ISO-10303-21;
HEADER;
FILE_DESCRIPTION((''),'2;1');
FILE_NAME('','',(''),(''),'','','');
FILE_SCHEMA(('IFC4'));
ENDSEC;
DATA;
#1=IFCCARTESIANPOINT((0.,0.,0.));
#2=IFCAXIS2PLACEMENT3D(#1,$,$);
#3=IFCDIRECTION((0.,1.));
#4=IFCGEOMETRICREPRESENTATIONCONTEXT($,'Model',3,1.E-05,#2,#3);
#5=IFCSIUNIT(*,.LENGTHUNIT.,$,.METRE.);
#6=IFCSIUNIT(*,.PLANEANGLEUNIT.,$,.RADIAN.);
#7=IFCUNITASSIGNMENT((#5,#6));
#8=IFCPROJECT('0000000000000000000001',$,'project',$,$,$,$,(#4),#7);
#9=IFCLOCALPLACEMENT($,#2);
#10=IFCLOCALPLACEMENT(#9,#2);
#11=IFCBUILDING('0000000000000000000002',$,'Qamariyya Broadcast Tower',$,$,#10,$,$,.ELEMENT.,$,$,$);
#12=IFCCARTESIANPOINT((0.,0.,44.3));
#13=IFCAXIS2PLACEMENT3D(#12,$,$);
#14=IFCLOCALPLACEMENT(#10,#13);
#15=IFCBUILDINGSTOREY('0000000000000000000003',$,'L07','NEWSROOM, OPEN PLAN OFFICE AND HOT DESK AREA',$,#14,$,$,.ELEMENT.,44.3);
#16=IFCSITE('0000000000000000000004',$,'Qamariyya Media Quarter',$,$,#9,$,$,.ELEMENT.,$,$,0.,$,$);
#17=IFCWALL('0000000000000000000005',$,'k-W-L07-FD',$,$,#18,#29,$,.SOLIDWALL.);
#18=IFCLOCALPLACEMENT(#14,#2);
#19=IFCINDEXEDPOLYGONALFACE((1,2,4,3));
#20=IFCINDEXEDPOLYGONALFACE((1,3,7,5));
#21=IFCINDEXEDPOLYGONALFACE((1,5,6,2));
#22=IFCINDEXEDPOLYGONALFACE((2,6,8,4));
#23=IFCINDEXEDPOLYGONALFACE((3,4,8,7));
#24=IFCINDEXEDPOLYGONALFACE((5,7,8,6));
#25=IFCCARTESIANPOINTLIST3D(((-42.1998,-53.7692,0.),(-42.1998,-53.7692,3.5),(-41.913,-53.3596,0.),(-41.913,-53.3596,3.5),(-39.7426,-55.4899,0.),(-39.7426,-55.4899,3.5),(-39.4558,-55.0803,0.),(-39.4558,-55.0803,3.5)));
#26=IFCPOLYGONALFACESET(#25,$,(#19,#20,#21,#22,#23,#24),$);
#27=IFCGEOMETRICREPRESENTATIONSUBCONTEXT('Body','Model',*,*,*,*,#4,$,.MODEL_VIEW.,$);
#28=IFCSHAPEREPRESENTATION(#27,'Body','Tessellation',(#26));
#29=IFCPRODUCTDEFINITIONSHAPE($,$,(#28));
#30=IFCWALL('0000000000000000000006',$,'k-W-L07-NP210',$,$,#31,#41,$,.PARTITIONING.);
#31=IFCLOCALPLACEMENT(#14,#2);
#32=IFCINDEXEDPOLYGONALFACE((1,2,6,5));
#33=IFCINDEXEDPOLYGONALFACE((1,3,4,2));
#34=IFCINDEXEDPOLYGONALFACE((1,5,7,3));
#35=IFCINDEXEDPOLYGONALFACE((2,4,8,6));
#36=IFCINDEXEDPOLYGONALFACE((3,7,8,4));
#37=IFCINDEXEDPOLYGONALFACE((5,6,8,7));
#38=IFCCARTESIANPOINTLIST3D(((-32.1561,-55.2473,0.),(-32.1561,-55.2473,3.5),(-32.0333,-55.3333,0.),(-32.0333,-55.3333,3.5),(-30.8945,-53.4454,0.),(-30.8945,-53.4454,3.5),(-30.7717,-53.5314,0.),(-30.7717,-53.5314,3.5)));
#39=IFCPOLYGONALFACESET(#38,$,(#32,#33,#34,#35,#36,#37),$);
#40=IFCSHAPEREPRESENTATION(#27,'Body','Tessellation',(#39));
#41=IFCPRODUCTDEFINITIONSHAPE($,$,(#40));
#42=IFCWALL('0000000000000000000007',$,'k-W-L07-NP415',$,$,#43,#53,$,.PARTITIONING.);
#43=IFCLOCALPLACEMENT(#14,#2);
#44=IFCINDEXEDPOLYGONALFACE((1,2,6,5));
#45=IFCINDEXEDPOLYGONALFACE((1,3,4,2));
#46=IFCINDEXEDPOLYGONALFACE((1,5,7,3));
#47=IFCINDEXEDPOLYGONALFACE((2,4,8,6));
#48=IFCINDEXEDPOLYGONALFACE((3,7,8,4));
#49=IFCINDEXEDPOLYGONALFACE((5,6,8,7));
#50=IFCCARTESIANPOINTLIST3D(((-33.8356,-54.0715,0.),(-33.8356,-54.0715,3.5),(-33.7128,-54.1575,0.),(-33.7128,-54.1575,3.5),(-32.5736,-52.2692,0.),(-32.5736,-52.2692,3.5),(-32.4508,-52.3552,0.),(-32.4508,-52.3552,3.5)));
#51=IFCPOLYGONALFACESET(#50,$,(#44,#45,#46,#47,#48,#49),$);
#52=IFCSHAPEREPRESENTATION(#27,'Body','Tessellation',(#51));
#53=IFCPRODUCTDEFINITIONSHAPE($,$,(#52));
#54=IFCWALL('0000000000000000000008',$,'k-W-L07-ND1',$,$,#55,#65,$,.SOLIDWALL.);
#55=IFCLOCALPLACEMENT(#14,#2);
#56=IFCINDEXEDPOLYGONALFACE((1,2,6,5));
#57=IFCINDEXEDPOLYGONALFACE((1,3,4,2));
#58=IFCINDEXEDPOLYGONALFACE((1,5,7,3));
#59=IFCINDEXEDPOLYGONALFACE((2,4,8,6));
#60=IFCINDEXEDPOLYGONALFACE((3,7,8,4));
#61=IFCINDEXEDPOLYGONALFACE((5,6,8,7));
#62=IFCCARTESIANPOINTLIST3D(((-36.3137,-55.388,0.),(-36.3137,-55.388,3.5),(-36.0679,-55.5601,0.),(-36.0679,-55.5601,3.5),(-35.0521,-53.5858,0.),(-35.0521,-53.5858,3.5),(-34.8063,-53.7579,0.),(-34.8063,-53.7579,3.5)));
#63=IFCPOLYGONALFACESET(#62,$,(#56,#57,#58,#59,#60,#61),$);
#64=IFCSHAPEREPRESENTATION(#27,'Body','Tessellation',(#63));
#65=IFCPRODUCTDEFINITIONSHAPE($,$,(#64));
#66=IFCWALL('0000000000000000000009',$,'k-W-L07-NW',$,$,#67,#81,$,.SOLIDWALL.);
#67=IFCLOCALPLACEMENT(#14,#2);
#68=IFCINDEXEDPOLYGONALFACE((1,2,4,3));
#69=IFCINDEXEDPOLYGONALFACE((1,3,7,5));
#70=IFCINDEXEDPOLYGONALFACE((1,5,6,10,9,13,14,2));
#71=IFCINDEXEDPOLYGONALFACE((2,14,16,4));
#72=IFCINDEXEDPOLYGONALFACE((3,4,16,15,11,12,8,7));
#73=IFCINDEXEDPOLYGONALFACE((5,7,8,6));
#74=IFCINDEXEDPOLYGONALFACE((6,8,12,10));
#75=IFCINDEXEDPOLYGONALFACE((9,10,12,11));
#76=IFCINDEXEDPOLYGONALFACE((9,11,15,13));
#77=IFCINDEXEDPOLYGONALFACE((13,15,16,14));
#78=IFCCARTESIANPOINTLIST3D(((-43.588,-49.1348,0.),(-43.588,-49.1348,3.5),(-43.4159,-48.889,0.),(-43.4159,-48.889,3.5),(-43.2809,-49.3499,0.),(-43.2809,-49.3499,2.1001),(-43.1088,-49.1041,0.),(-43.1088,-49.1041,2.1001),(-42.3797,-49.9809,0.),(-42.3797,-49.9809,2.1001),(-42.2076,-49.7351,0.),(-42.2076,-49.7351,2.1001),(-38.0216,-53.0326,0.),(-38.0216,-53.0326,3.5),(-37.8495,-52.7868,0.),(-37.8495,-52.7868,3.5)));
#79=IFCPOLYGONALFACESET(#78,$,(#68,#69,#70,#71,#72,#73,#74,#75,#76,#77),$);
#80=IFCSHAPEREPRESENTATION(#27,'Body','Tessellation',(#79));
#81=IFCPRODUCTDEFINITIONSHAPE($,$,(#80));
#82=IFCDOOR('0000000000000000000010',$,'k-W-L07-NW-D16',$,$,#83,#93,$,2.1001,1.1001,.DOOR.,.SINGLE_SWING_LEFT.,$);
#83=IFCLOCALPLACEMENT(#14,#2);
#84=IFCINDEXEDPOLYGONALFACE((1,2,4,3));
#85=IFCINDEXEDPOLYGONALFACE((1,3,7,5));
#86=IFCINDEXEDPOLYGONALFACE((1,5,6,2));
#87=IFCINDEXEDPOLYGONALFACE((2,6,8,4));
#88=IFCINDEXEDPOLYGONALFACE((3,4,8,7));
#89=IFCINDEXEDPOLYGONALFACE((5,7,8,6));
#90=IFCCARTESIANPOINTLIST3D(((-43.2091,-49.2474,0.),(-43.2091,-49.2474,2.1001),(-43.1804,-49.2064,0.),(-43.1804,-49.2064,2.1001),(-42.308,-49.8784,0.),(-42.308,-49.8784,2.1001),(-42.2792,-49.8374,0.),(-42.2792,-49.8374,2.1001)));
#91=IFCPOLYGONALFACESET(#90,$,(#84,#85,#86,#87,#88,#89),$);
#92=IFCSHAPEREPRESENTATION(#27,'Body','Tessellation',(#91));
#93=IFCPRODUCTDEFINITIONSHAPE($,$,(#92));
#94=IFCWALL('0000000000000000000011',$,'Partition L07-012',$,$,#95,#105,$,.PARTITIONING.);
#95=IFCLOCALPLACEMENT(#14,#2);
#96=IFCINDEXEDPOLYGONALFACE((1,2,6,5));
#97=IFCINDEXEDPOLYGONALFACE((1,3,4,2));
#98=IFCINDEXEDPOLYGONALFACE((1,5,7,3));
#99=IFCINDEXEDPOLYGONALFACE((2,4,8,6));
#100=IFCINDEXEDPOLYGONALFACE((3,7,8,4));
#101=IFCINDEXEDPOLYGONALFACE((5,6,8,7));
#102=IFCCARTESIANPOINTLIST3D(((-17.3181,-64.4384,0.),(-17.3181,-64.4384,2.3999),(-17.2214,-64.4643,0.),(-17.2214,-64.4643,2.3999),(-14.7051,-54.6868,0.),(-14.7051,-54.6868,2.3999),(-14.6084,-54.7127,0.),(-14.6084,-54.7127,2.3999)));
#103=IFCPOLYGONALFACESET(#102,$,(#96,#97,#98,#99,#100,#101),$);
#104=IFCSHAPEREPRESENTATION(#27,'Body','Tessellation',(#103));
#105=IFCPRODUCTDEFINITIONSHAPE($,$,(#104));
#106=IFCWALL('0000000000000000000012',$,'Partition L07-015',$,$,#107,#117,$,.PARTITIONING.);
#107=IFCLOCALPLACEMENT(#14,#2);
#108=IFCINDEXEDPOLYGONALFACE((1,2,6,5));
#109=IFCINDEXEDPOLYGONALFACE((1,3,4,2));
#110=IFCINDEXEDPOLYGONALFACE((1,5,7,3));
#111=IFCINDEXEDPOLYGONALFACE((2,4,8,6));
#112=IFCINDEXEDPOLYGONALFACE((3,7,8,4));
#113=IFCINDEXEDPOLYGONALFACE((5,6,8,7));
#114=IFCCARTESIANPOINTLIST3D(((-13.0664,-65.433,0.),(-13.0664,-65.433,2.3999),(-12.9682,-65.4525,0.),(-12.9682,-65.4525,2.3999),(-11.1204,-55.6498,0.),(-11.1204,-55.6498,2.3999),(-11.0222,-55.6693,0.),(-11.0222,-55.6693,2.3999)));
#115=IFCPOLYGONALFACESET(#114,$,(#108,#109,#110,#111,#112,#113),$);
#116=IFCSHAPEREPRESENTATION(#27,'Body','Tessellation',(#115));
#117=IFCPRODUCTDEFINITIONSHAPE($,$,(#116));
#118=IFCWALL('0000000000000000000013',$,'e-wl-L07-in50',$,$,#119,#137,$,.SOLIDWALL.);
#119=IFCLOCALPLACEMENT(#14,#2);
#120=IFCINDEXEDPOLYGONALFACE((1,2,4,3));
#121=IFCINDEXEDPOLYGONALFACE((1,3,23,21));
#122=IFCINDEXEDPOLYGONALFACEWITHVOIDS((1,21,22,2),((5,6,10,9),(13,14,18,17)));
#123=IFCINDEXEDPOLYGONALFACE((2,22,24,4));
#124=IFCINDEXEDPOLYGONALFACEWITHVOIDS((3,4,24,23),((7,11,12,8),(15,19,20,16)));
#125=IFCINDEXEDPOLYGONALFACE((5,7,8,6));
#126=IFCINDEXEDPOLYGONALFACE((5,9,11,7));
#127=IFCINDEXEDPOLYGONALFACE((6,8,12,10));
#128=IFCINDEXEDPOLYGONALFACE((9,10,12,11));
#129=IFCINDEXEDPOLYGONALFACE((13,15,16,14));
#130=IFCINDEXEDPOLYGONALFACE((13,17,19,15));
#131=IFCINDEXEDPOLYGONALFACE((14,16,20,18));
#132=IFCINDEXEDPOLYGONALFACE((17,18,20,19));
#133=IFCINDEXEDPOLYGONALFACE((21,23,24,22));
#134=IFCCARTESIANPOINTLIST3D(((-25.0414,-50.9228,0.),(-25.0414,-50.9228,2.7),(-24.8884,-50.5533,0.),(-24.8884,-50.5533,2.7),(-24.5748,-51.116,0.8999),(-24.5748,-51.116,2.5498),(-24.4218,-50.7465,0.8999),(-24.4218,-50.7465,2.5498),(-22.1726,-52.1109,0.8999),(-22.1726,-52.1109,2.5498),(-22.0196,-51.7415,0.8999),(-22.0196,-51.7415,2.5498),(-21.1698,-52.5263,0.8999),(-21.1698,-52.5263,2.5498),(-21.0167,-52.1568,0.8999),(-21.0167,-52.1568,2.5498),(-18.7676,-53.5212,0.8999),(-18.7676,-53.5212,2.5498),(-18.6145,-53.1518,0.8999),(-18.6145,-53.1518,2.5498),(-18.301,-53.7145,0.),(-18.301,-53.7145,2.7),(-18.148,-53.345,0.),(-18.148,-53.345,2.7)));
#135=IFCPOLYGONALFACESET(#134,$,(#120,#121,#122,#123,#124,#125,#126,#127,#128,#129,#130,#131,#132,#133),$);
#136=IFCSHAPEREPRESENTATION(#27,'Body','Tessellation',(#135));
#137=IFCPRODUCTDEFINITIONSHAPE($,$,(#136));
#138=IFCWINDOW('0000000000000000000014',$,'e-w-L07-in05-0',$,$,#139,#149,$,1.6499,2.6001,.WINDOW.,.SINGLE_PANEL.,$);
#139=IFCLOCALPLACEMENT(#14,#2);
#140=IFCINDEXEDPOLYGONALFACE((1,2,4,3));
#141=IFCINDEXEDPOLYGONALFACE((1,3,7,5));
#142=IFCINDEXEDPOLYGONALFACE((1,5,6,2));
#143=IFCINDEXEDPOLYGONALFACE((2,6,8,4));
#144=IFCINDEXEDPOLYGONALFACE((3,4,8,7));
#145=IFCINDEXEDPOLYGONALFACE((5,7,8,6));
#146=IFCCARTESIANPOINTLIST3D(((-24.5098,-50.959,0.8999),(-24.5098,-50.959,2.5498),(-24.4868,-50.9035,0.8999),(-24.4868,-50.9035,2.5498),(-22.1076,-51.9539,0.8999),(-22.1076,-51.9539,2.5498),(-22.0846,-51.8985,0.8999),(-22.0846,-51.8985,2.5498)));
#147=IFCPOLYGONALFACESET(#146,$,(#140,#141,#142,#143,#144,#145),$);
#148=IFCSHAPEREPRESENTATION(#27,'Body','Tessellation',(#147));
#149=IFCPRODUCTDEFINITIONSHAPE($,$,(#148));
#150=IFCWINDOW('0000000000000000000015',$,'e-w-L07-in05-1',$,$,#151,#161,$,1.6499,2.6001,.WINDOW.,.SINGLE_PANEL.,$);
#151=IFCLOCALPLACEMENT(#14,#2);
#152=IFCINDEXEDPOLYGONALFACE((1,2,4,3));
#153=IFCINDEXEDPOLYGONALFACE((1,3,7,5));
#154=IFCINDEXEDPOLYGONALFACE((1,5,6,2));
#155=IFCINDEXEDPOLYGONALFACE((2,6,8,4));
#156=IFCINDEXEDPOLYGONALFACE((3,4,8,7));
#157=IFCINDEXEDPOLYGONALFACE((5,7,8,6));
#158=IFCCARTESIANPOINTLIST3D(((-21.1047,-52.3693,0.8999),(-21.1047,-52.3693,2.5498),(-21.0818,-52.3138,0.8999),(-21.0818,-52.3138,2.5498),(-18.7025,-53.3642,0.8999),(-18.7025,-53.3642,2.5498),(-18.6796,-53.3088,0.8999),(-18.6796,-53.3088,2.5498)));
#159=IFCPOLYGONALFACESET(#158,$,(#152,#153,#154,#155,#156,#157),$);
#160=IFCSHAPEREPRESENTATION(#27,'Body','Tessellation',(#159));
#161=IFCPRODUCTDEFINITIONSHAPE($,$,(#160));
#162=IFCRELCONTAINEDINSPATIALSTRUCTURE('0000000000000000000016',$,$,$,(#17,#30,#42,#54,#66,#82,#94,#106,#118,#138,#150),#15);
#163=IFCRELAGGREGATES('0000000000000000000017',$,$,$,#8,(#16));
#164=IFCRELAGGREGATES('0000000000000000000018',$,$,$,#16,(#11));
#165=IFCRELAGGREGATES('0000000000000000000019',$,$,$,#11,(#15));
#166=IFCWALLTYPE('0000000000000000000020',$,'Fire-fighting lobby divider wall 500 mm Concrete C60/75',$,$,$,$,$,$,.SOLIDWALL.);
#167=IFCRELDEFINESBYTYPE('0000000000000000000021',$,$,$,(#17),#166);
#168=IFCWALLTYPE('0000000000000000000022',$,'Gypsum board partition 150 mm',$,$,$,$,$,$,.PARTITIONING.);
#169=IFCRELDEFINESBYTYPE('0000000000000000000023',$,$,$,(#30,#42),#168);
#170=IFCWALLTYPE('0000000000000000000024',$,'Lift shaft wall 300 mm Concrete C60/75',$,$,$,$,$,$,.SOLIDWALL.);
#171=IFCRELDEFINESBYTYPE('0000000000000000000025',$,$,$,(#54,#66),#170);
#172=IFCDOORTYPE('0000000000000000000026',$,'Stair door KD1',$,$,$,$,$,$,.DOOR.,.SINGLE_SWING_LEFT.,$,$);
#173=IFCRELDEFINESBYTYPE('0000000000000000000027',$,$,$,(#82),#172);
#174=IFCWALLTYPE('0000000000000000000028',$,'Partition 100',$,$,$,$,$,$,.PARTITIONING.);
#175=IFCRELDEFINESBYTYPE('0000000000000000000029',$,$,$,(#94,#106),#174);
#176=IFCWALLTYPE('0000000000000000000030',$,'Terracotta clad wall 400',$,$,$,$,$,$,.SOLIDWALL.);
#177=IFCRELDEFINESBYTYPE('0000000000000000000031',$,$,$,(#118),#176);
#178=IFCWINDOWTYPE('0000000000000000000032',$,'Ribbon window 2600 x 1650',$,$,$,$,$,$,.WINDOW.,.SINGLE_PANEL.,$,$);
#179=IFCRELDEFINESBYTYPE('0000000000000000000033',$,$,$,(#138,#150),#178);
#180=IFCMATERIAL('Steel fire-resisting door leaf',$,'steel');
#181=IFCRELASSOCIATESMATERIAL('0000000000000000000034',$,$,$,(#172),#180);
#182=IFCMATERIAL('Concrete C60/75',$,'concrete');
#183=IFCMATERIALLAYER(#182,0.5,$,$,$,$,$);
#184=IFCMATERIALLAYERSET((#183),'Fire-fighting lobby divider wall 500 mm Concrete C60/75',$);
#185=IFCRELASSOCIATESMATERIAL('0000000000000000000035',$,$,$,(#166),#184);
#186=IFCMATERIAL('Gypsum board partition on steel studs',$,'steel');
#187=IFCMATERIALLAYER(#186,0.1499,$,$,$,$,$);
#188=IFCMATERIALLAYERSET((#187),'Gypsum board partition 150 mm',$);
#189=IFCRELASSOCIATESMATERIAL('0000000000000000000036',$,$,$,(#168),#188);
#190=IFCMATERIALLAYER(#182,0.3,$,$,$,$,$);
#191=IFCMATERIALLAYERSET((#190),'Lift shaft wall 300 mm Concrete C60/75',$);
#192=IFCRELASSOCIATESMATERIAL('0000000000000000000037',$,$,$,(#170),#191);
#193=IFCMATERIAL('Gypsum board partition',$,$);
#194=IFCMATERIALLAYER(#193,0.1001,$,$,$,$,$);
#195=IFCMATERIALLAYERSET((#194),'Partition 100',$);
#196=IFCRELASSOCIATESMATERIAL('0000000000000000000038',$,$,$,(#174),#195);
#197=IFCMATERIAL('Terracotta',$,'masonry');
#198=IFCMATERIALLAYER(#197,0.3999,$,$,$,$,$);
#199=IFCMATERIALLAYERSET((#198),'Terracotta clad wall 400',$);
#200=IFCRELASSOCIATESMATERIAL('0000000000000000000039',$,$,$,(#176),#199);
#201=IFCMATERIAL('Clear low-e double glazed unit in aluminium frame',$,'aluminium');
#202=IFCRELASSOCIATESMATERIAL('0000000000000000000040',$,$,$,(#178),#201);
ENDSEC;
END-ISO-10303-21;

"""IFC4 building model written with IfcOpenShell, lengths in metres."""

from ifc_helpers import new_model, si_unit, direction, frame, frame_2d, origin, place, context, subcontext, project, spatial, rectangle, extrude, material, layer, layer_set, type_object, element, fill, save


model = new_model("IFC4")

# Units and contexts
model_context = context("Model", 3, precision=1e-05, world=origin(), true_north=direction((0.0, 1.0)))
body_context = subcontext(model_context, "Body", "Model", "MODEL_VIEW")
ifc_project = project(units=[si_unit("LENGTHUNIT", "METRE"), si_unit("PLANEANGLEUNIT", "RADIAN")], contexts=[model_context])

# Site, building, storey
site_placement = place(None, origin())
site = spatial("IfcSite", under=ifc_project, at=site_placement, Name="Qamariyya Media Quarter", CompositionType="ELEMENT", RefElevation=0.0)
building_placement = place(site_placement, origin())
building = spatial("IfcBuilding", under=site, at=building_placement, Name="Qamariyya Broadcast Tower", CompositionType="ELEMENT")
storey_placement = place(building_placement, frame((0.0, 0.0, 44.3)))
storey = spatial("IfcBuildingStorey", under=building, at=storey_placement, Name="L07", Description="NEWSROOM, OPEN PLAN OFFICE AND HOT DESK AREA", CompositionType="ELEMENT", Elevation=44.3)

# Shared definitions
ifc_material_1 = material(Name="Steel fire-resisting door leaf", Category="steel")
door_type_1 = type_object("IfcDoorType", Name="Stair door KD1", OperationType="SINGLE_SWING_LEFT", PredefinedType="DOOR", material=ifc_material_1)

# Walls
ifc_material_2 = material(Name="Gypsum board partition")
ifc_material_3 = material(Name="Concrete C60/75", Category="concrete")
ifc_layer_1 = layer(ifc_material_3, 0.5)
ifc_layer_set_1 = layer_set([ifc_layer_1], Name="Fire-fighting lobby divider wall 500 mm Concrete C60/75")
wall_type_1 = type_object("IfcWallType", Name="Fire-fighting lobby divider wall 500 mm Concrete C60/75", PredefinedType="SOLIDWALL", material=ifc_layer_set_1)
wall_1_placement = place(storey_placement, frame((-39.5991, -55.2852, 0.0), z_axis=(0.0, 0.0, 1.0), x_axis=(-0.819136, 0.573599, 0.0)))
element("IfcWall", 1, at=wall_1_placement, inside=storey, type_object=wall_type_1, Name="k-W-L07-FD", PredefinedType="SOLIDWALL", context=body_context, shape_type="SweptSolid", body=[
    extrude(rectangle(XDim=2.9998, YDim=0.5, at=frame_2d((1.5, 0.0))), origin(), (0.0, 0.0, 1.0), 3.5),
])
ifc_material_4 = material(Name="Gypsum board partition on steel studs", Category="steel")
ifc_layer_2 = layer(ifc_material_4, 0.1499)
ifc_layer_set_2 = layer_set([ifc_layer_2], Name="Gypsum board partition 150 mm")
wall_type_2 = type_object("IfcWallType", Name="Gypsum board partition 150 mm", PredefinedType="PARTITIONING", material=ifc_layer_set_2)
wall_2_placement = place(storey_placement, frame((-32.0947, -55.2903, 0.0), z_axis=(0.0, 0.0, 1.0), x_axis=(0.573559, 0.819164, 0.0)))
element("IfcWall", 2, at=wall_2_placement, inside=storey, type_object=wall_type_2, Name="k-W-L07-NP210", PredefinedType="PARTITIONING", context=body_context, shape_type="SweptSolid", body=[
    extrude(rectangle(XDim=2.1997, YDim=0.1499, at=frame_2d((1.0999, 0.0))), origin(), (0.0, 0.0, 1.0), 3.5),
])
wall_3_placement = place(storey_placement, frame((-33.7742, -54.1145, 0.0), z_axis=(0.0, 0.0, 1.0), x_axis=(0.573581, 0.819149, 0.0)))
element("IfcWall", 3, at=wall_3_placement, inside=storey, type_object=wall_type_2, Name="k-W-L07-NP415", PredefinedType="PARTITIONING", context=body_context, shape_type="SweptSolid", body=[
    extrude(rectangle(XDim=2.2002, YDim=0.1499, at=frame_2d((1.1001, 0.0))), origin(), (0.0, 0.0, 1.0), 3.5),
])
ifc_layer_3 = layer(ifc_material_3, 0.3)
ifc_layer_set_3 = layer_set([ifc_layer_3], Name="Lift shaft wall 300 mm Concrete C60/75")
wall_type_3 = type_object("IfcWallType", Name="Lift shaft wall 300 mm Concrete C60/75", PredefinedType="SOLIDWALL", material=ifc_layer_set_3)
wall_4_placement = place(storey_placement, frame((-36.1909, -55.4741, 0.0), z_axis=(0.0, 0.0, 1.0), x_axis=(0.573507, 0.819201, 0.0)))
element("IfcWall", 4, at=wall_4_placement, inside=storey, type_object=wall_type_3, Name="k-W-L07-ND1", PredefinedType="SOLIDWALL", context=body_context, shape_type="SweptSolid", body=[
    extrude(rectangle(XDim=2.2, YDim=0.3, at=frame_2d((1.1001, 0.0))), origin(), (0.0, 0.0, 1.0), 3.5),
])

# Wall, opening, door
wall_5_placement = place(storey_placement, frame((-37.9355, -52.9097, 0.0), z_axis=(0.0, 0.0, 1.0), x_axis=(-0.819148, 0.573583, 0.0)))
wall_5 = element("IfcWall", 5, at=wall_5_placement, inside=storey, type_object=wall_type_3, Name="k-W-L07-NW", PredefinedType="SOLIDWALL", context=body_context, shape_type="SweptSolid", body=[
    extrude(rectangle(XDim=6.7954, YDim=0.3, at=frame_2d((3.3977, 0.0))), origin(), (0.0, 0.0, 1.0), 3.5),
])
opening_1_placement = place(wall_5_placement, frame((5.3203, 0.0, 0.0)))
opening_1 = element("IfcOpeningElement", 6, at=opening_1_placement, cuts=wall_5, PredefinedType="OPENING", context=body_context, shape_type="SweptSolid", body=[
    extrude(rectangle(XDim=1.1001, YDim=2.1001, at=frame_2d((0.55, 1.05))), frame((0.0, 0.1599, 0.0), z_axis=(0.0, -1.0, 0.0), x_axis=(1.0, 0.0, 0.0)), (0.0, 0.0, 1.0), 0.3201),
])
door_1_placement = place(opening_1_placement, origin())
door_1 = element("IfcDoor", 7, at=door_1_placement, inside=storey, type_object=door_type_1, Name="k-W-L07-NW-D16", OperationType="SINGLE_SWING_LEFT", OverallHeight=2.1001, OverallWidth=1.1001, PredefinedType="DOOR", context=body_context, shape_type="SweptSolid", body=[
    extrude(rectangle(XDim=1.1001, YDim=2.1001, at=frame_2d((0.55, 1.05))), frame((0.0, 0.0249, 0.0), z_axis=(0.0, -1.0, 0.0), x_axis=(1.0, 0.0, 0.0)), (0.0, 0.0, 1.0), 0.05),
])
fill(opening_1, door_1)

# Walls
ifc_layer_4 = layer(ifc_material_2, 0.1001)
ifc_layer_set_4 = layer_set([ifc_layer_4], Name="Partition 100")
wall_type_4 = type_object("IfcWallType", Name="Partition 100", PredefinedType="PARTITIONING", material=ifc_layer_set_4)
wall_6_placement = place(storey_placement, frame((-14.6567, -54.6997, 0.0), z_axis=(0.0, 0.0, 1.0), x_axis=(-0.258826, -0.965924, 0.0)))
element("IfcWall", 8, at=wall_6_placement, inside=storey, type_object=wall_type_4, Name="Partition L07-012", PredefinedType="PARTITIONING", context=body_context, shape_type="SweptSolid", body=[
    extrude(rectangle(XDim=10.0957, YDim=0.1001, at=frame_2d((5.0479, 0.0))), origin(), (0.0, 0.0, 1.0), 2.3999),
])
wall_7_placement = place(storey_placement, frame((-11.0713, -55.6597, 0.0), z_axis=(0.0, 0.0, 1.0), x_axis=(-0.195095, -0.980784, 0.0)))
element("IfcWall", 9, at=wall_7_placement, inside=storey, type_object=wall_type_4, Name="Partition L07-015", PredefinedType="PARTITIONING", context=body_context, shape_type="SweptSolid", body=[
    extrude(rectangle(XDim=9.9749, YDim=0.1001, at=frame_2d((4.9873, 0.0))), origin(), (0.0, 0.0, 1.0), 2.3999),
])

# Wall, openings, windows
ifc_material_5 = material(Name="Terracotta", Category="masonry")
ifc_layer_5 = layer(ifc_material_5, 0.3999)
ifc_layer_set_5 = layer_set([ifc_layer_5], Name="Terracotta clad wall 400")
wall_type_5 = type_object("IfcWallType", Name="Terracotta clad wall 400", PredefinedType="SOLIDWALL", material=ifc_layer_set_5)
wall_8_placement = place(storey_placement, frame((-18.2244, -53.5298, 0.0), z_axis=(0.0, 0.0, 1.0), x_axis=(-0.923892, 0.382654, 0.0)))
wall_8 = element("IfcWall", 10, at=wall_8_placement, inside=storey, type_object=wall_type_5, Name="e-wl-L07-in50", PredefinedType="SOLIDWALL", context=body_context, shape_type="SweptSolid", body=[
    extrude(rectangle(XDim=7.2957, YDim=0.3999, at=frame_2d((3.6479, 0.0))), origin(), (0.0, 0.0, 1.0), 2.7),
])
opening_2_placement = place(wall_8_placement, frame((4.1907, 0.0, 0.8999)))
opening_2 = element("IfcOpeningElement", 11, at=opening_2_placement, cuts=wall_8, PredefinedType="OPENING", context=body_context, shape_type="SweptSolid", body=[
    extrude(rectangle(XDim=2.6001, YDim=1.6499, at=frame_2d((1.3, 0.825))), frame((0.0, 0.21, 0.0), z_axis=(0.0, -1.0, 0.0), x_axis=(1.0, 0.0, 0.0)), (0.0, 0.0, 1.0), 0.4199),
])
opening_3_placement = place(wall_8_placement, frame((0.5051, 0.0, 0.8999)))
opening_3 = element("IfcOpeningElement", 12, at=opening_3_placement, cuts=wall_8, PredefinedType="OPENING", context=body_context, shape_type="SweptSolid", body=[
    extrude(rectangle(XDim=2.6001, YDim=1.6499, at=frame_2d((1.3, 0.825))), frame((0.0, 0.21, 0.0), z_axis=(0.0, -1.0, 0.0), x_axis=(1.0, 0.0, 0.0)), (0.0, 0.0, 1.0), 0.4199),
])
ifc_material_6 = material(Name="Clear low-e double glazed unit in aluminium frame", Category="aluminium")
window_type = type_object("IfcWindowType", Name="Ribbon window 2600 x 1650", PartitioningType="SINGLE_PANEL", PredefinedType="WINDOW", material=ifc_material_6)
window_1_placement = place(opening_2_placement, origin())
window_1 = element("IfcWindow", 13, at=window_1_placement, inside=storey, type_object=window_type, Name="e-w-L07-in05-0", OverallHeight=1.6499, OverallWidth=2.6001, PartitioningType="SINGLE_PANEL", PredefinedType="WINDOW", context=body_context, shape_type="SweptSolid", body=[
    extrude(rectangle(XDim=2.6001, YDim=1.6499, at=frame_2d((1.3, 0.825))), frame((0.0, 0.03, 0.0), z_axis=(0.0, -1.0, 0.0), x_axis=(1.0, 0.0, 0.0)), (0.0, 0.0, 1.0), 0.0601),
])
fill(opening_2, window_1)
window_2_placement = place(opening_3_placement, origin())
window_2 = element("IfcWindow", 14, at=window_2_placement, inside=storey, type_object=window_type, Name="e-w-L07-in05-1", OverallHeight=1.6499, OverallWidth=2.6001, PartitioningType="SINGLE_PANEL", PredefinedType="WINDOW", context=body_context, shape_type="SweptSolid", body=[
    extrude(rectangle(XDim=2.6001, YDim=1.6499, at=frame_2d((1.3, 0.825))), frame((0.0, 0.03, 0.0), z_axis=(0.0, -1.0, 0.0), x_axis=(1.0, 0.0, 0.0)), (0.0, 0.0, 1.0), 0.0601),
])
fill(opening_3, window_2)

save(model, "model.ifc")
